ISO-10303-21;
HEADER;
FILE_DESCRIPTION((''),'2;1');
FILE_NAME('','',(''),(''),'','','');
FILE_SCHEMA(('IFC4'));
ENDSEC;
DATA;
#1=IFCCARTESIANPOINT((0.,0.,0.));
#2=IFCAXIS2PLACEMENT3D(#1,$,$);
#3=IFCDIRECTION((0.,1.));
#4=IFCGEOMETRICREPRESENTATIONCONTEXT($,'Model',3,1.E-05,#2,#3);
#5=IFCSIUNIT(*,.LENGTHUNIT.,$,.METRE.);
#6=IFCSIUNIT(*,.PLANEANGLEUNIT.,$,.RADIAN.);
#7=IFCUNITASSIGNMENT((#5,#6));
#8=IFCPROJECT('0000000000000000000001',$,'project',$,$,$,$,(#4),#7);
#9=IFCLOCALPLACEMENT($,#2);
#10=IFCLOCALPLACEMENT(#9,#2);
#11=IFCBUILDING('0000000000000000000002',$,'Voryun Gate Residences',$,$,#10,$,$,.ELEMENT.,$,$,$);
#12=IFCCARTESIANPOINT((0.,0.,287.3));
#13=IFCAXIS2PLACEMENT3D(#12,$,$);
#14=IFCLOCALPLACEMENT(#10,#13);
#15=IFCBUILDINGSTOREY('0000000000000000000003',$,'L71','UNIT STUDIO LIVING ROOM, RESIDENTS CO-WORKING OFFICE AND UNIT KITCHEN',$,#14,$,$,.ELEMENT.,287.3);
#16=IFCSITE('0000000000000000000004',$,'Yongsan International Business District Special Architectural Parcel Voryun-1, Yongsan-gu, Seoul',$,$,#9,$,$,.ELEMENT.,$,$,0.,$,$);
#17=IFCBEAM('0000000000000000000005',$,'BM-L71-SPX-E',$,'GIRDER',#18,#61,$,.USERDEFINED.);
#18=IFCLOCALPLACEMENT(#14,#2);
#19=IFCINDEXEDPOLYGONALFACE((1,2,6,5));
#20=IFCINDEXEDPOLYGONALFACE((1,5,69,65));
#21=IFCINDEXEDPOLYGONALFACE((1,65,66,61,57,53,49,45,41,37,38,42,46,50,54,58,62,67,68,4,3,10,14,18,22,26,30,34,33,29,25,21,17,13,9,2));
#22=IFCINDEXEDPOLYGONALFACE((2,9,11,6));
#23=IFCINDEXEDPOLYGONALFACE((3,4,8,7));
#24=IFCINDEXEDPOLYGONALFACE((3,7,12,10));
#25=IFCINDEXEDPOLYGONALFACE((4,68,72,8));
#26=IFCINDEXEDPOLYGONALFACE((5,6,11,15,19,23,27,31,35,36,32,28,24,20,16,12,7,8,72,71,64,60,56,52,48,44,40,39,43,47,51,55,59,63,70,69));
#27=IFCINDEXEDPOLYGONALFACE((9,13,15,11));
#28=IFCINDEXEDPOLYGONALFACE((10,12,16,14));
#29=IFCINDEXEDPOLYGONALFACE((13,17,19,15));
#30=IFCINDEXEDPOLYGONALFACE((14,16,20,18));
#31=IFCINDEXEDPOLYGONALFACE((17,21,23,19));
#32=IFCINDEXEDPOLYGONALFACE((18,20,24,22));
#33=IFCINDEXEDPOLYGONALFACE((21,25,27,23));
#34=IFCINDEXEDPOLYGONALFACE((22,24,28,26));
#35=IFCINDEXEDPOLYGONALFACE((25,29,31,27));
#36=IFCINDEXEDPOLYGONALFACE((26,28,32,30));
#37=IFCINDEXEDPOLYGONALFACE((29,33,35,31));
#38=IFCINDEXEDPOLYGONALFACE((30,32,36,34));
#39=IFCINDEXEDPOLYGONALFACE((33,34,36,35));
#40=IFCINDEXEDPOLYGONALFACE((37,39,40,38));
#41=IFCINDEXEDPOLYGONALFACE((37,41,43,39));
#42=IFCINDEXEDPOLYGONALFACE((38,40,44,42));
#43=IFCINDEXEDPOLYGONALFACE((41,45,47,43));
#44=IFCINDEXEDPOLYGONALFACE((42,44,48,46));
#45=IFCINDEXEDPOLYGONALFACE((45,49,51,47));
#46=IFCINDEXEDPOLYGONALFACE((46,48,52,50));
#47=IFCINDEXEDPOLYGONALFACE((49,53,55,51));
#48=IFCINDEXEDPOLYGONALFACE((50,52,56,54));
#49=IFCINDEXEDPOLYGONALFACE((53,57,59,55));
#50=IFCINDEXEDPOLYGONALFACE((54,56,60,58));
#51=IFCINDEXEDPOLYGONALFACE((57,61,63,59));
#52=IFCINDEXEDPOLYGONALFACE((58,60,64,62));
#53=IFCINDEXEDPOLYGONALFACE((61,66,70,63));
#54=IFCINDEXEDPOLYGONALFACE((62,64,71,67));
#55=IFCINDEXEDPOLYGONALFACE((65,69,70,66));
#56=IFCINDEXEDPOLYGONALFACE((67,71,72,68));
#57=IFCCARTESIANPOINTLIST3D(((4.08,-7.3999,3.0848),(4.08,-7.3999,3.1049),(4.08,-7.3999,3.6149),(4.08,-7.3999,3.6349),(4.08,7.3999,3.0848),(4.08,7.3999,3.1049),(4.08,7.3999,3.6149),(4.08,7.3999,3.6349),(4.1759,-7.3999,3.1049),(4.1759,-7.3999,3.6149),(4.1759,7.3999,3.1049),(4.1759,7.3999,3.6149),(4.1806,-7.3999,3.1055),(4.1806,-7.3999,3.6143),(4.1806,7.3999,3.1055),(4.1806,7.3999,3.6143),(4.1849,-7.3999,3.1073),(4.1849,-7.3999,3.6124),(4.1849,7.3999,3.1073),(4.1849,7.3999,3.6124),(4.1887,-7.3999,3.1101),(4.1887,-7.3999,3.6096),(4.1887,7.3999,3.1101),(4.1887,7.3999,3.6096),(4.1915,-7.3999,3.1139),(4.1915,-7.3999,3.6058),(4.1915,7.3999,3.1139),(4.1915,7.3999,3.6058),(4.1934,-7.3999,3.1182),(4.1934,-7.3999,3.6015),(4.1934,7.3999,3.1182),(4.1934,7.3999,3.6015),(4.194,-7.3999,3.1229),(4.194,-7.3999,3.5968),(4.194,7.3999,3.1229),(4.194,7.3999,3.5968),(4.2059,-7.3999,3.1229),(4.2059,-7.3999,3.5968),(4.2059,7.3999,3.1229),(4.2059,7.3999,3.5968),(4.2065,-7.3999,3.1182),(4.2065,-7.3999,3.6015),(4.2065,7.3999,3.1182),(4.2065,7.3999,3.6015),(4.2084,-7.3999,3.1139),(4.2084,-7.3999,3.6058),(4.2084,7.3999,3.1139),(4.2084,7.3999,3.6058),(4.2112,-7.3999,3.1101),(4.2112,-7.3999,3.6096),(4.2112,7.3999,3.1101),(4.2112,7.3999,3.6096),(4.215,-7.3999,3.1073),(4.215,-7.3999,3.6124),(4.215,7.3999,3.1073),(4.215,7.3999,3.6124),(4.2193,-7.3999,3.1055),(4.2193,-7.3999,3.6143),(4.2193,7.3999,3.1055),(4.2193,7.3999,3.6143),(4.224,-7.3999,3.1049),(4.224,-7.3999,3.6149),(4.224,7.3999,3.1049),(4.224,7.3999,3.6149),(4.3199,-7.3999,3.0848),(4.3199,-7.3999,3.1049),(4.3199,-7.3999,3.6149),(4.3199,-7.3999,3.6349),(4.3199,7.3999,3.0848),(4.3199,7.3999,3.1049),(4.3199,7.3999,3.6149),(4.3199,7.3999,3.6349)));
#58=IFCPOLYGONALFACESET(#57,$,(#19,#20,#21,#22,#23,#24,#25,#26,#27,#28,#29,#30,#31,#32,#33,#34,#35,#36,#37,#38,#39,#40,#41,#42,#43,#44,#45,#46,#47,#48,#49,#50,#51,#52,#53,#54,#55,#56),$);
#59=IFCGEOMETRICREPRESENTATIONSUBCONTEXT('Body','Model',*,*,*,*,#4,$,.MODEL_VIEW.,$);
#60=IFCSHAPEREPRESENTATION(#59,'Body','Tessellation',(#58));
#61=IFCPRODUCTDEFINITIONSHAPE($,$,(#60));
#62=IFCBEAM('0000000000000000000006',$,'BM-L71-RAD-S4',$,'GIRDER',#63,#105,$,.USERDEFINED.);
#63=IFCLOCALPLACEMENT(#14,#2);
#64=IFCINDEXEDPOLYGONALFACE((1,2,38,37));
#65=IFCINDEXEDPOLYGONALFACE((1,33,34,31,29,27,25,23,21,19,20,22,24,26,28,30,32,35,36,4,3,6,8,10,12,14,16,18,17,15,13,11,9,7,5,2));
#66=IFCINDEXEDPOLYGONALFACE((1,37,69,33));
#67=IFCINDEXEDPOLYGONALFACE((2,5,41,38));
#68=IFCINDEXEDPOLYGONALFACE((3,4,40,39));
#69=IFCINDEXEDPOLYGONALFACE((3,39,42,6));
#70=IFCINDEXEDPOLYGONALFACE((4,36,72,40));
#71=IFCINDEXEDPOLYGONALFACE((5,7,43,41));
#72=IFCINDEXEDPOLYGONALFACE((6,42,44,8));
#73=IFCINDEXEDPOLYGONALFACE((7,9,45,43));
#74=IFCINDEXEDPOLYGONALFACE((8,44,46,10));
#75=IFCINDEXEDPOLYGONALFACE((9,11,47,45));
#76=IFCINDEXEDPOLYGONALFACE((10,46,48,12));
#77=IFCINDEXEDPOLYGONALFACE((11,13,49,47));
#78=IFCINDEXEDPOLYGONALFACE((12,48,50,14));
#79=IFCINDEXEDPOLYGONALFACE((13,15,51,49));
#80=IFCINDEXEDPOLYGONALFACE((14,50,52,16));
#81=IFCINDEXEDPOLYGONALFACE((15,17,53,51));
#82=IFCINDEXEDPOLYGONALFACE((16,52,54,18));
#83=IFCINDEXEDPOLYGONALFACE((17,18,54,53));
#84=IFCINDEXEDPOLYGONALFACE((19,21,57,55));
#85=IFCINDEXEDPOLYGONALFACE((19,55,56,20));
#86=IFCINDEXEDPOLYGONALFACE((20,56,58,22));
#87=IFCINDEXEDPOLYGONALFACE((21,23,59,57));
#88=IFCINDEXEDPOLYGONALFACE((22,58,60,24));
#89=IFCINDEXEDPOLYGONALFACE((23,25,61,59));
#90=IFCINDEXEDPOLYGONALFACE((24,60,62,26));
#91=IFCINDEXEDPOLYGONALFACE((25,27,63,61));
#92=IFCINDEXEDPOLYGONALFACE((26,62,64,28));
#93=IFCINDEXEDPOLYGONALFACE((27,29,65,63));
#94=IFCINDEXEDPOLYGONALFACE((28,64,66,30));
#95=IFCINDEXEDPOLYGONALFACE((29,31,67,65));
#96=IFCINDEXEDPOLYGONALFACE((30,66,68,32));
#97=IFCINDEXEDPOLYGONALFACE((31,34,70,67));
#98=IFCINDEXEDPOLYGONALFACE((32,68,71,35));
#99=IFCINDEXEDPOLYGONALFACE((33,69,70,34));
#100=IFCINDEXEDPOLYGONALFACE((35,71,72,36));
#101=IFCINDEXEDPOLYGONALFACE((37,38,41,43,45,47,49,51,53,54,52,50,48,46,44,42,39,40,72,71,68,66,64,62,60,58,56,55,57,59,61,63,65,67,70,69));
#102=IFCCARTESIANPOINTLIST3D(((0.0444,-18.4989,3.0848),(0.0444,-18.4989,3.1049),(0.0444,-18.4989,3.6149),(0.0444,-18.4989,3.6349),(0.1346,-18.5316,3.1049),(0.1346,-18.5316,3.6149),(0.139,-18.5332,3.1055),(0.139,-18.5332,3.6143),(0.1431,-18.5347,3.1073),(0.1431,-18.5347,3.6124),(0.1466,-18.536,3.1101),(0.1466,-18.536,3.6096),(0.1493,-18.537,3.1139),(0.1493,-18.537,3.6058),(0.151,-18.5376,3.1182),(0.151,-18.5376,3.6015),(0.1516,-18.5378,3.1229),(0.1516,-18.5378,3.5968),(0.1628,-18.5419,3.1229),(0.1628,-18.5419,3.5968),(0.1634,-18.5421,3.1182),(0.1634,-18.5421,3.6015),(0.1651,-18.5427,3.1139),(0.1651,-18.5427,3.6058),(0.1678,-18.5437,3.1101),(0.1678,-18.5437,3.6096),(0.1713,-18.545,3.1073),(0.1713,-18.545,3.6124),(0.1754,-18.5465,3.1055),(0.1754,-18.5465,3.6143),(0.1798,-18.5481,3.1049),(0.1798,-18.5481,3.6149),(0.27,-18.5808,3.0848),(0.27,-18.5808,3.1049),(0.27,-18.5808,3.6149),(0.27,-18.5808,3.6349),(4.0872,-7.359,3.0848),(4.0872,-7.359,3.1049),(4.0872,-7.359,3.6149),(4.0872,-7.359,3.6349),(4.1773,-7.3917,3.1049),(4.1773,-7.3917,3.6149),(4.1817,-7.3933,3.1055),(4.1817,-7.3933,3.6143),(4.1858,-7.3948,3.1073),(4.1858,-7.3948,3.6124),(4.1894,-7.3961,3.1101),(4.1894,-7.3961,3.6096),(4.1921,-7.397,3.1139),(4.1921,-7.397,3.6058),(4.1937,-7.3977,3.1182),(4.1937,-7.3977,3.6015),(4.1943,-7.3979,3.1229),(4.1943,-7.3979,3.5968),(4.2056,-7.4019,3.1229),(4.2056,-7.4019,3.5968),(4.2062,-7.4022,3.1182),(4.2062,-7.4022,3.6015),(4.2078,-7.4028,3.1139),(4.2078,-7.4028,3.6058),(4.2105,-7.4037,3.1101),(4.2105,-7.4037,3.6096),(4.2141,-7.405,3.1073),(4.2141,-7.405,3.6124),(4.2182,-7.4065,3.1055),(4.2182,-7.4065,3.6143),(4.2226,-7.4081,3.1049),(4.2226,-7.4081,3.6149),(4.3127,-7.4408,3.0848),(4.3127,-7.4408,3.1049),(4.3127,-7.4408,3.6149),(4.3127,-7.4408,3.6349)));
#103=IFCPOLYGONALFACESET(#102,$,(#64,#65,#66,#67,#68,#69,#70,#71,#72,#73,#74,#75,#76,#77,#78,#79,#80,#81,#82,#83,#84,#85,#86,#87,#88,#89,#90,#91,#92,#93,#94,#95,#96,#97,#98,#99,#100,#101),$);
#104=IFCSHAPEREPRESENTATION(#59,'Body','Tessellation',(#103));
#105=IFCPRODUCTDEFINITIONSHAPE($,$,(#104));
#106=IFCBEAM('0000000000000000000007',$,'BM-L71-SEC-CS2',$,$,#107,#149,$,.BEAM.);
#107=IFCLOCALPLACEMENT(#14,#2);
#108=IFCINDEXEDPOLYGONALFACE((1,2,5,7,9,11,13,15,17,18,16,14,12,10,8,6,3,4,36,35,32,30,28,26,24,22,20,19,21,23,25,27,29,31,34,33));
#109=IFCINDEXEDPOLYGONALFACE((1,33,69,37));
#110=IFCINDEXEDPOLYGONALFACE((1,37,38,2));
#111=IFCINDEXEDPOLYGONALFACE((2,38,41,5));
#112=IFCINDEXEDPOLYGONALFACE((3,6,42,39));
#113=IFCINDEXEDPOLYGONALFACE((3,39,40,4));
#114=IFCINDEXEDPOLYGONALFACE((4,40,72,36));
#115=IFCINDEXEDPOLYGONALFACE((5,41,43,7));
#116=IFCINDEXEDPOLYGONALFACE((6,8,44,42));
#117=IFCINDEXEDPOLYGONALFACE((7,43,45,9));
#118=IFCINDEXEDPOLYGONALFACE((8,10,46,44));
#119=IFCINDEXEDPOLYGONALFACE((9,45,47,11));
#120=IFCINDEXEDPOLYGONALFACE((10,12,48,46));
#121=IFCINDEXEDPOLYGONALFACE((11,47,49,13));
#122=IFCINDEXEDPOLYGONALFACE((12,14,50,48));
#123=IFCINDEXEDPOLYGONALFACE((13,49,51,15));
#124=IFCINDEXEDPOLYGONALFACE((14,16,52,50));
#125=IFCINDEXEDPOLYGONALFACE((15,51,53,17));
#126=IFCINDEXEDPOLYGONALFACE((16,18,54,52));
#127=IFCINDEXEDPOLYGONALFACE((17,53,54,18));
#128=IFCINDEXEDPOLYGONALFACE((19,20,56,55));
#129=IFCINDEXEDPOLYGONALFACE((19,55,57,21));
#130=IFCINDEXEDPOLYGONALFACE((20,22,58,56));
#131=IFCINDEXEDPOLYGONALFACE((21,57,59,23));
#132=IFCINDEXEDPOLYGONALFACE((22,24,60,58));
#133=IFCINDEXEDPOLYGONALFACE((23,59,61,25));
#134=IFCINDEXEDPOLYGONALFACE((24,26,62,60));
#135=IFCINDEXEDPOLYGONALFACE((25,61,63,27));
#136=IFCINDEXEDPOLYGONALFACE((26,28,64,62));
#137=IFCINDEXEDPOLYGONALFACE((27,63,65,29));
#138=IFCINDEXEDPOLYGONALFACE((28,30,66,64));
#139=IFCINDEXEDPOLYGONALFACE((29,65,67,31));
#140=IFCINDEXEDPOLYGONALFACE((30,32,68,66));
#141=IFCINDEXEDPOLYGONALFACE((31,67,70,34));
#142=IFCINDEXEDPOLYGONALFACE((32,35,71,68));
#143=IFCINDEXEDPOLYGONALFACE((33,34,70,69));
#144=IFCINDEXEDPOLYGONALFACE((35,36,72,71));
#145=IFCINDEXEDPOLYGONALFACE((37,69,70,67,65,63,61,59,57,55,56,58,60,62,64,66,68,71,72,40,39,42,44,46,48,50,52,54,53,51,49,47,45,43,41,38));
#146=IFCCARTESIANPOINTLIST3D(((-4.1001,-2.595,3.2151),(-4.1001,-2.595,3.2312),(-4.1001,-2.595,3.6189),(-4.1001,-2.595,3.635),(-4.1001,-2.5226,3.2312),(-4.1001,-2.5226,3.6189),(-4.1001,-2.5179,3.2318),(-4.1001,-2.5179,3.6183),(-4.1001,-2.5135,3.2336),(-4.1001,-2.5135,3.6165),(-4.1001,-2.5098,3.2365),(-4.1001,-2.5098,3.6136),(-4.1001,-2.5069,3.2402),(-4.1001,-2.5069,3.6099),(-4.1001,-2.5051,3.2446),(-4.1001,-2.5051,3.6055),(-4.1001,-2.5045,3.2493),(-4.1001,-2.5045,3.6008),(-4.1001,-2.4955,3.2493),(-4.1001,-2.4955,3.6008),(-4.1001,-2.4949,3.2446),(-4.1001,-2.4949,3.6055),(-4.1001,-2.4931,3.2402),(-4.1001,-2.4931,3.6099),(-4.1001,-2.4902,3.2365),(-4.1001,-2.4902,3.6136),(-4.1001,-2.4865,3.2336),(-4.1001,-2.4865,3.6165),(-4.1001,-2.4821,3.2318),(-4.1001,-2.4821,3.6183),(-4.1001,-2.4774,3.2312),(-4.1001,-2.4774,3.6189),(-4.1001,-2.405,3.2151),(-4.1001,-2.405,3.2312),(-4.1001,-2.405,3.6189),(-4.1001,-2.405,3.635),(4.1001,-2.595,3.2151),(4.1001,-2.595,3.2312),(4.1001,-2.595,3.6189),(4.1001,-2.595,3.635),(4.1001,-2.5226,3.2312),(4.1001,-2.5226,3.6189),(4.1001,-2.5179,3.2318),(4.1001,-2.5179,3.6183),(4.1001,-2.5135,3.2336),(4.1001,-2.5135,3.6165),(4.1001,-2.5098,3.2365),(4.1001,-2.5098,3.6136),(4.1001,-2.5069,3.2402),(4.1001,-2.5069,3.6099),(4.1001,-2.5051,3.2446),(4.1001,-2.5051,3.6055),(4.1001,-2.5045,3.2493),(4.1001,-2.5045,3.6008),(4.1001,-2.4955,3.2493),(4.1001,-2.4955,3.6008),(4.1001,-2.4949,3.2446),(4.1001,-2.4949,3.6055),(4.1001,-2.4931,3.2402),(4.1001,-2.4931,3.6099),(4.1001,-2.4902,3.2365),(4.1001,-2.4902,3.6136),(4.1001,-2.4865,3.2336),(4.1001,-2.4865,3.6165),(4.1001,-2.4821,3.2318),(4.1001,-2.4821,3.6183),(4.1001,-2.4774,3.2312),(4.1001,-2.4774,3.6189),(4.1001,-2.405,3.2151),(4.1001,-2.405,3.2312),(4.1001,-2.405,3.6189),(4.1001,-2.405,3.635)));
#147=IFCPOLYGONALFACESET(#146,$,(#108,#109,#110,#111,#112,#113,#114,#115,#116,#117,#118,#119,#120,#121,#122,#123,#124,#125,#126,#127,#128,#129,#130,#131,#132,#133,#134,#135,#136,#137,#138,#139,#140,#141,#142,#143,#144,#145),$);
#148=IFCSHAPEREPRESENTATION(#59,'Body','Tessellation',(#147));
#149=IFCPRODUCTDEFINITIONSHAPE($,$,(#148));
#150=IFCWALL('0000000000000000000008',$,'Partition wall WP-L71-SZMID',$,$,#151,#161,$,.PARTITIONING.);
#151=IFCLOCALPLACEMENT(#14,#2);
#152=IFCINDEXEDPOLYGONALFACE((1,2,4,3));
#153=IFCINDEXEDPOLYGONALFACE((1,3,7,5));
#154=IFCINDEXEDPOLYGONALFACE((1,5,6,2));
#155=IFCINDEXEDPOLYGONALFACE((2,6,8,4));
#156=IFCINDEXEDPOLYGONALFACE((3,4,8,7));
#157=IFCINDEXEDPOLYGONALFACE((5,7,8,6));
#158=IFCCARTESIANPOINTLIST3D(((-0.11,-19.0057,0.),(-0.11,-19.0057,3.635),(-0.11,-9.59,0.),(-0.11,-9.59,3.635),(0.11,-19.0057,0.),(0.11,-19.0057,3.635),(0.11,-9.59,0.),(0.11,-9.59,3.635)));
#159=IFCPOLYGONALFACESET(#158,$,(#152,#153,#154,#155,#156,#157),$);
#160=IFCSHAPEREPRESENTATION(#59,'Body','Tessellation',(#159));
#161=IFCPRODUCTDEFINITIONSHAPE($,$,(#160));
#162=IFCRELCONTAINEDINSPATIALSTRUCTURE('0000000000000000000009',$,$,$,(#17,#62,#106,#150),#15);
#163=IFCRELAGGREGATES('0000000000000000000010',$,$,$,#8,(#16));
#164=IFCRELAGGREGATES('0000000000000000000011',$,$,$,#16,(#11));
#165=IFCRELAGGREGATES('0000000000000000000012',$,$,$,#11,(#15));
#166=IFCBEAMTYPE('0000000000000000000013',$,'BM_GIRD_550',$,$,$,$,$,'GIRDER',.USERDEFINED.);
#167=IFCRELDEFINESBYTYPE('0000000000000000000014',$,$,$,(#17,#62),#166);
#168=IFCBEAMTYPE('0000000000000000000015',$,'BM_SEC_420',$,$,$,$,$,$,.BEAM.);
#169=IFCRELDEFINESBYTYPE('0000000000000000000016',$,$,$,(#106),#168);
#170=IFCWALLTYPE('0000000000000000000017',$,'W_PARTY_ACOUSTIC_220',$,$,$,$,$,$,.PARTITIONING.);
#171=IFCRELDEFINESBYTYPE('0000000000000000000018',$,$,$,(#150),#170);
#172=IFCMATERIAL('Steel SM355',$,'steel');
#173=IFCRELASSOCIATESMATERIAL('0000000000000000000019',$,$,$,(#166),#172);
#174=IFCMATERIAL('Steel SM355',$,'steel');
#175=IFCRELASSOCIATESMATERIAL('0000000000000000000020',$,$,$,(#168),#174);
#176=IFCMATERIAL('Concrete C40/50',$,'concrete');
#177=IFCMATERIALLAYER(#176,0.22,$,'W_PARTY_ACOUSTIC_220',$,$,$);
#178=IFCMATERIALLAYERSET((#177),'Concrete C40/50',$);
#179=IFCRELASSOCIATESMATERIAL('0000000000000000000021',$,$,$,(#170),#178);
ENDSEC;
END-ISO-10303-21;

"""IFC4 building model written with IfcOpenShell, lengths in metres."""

from ifc_helpers import new_model, si_unit, direction, frame, frame_2d, origin, origin_2d, place, context, subcontext, project, spatial, rectangle, i_section, extrude, material, layer, layer_set, material_profile, profile_set, type_object, element, save


model = new_model("IFC4")

# Units and contexts
model_context = context("Model", 3, precision=1e-05, world=origin(), true_north=direction((0.0, 1.0)))
body_context = subcontext(model_context, "Body", "Model", "MODEL_VIEW")
ifc_project = project(units=[si_unit("LENGTHUNIT", "METRE"), si_unit("PLANEANGLEUNIT", "RADIAN")], contexts=[model_context])

# Site, building, storey
site_placement = place(None, origin())
site = spatial("IfcSite", under=ifc_project, at=site_placement, Name="Yongsan International Business District Special Architectural Parcel Voryun-1, Yongsan-gu, Seoul", CompositionType="ELEMENT", RefElevation=0.0)
building_placement = place(site_placement, origin())
building = spatial("IfcBuilding", under=site, at=building_placement, Name="Voryun Gate Residences", CompositionType="ELEMENT")
storey_placement = place(building_placement, frame((0.0, 0.0, 287.3)))
storey = spatial("IfcBuildingStorey", under=building, at=storey_placement, Name="L71", Description="UNIT STUDIO LIVING ROOM, RESIDENTS CO-WORKING OFFICE AND UNIT KITCHEN", CompositionType="ELEMENT", Elevation=287.3)

# Beams
ifc_material_1 = material(Name="Steel SM355", Category="steel")
ifc_material_profile_1 = material_profile(ifc_material_1, i_section(OverallWidth=0.24, OverallDepth=0.55, WebThickness=0.012, FlangeThickness=0.02, FilletRadius=0.0181, at=origin_2d()), Name="H-550x240x12x20")
ifc_profile_set_1 = profile_set([ifc_material_profile_1], Name="Steel SM355")
beam_type_1 = type_object("IfcBeamType", Name="BM_GIRD_550", ElementType="GIRDER", PredefinedType="USERDEFINED", material=ifc_profile_set_1)
for number, where, z_axis, x_axis, name in (
    (1, (4.2, -7.3999, 3.3599), (0.0, 1.0, 0.0), (-1.0, 0.0, 0.0), "BM-L71-SPX-E"),
):
    element("IfcBeam", number, at=place(storey_placement, frame(where, z_axis=z_axis, x_axis=x_axis)), inside=storey, type_object=beam_type_1, Name=name, ObjectType="GIRDER", PredefinedType="USERDEFINED", context=body_context, shape_type="SweptSolid", body=[
        extrude(i_section(OverallWidth=0.24, OverallDepth=0.55, WebThickness=0.012, FlangeThickness=0.02, FilletRadius=0.0181, at=origin_2d()), origin(), (0.0, 0.0, 1.0), 14.7998),
    ])
beam_1_placement = place(storey_placement, frame((4.2, -7.3999, 3.3599), z_axis=(-0.341136, -0.940014, 0.0), x_axis=(0.940014, -0.341136, 0.0)))
element("IfcBeam", 2, at=beam_1_placement, inside=storey, type_object=beam_type_1, Name="BM-L71-RAD-S4", ObjectType="GIRDER", PredefinedType="USERDEFINED", context=body_context, shape_type="SweptSolid", body=[
    extrude(i_section(OverallWidth=0.24, OverallDepth=0.55, WebThickness=0.012, FlangeThickness=0.02, FilletRadius=0.0181, at=origin_2d()), origin(), (0.0, 0.0, 1.0), 11.8508),
])
ifc_material_2 = material(Name="Steel SM355", Category="steel")
ifc_material_profile_2 = material_profile(ifc_material_2, i_section(OverallWidth=0.1899, OverallDepth=0.4199, WebThickness=0.009, FlangeThickness=0.0161, FilletRadius=0.0181, at=origin_2d()), Name="H-420x190x9x16")
ifc_profile_set_2 = profile_set([ifc_material_profile_2], Name="Steel SM355")
beam_type_2 = type_object("IfcBeamType", Name="BM_SEC_420", PredefinedType="BEAM", material=ifc_profile_set_2)
beam_2_placement = place(storey_placement, frame((-4.1001, -2.5, 3.425), z_axis=(1.0, 0.0, 0.0), x_axis=(0.0, 1.0, 0.0)))
element("IfcBeam", 3, at=beam_2_placement, inside=storey, type_object=beam_type_2, Name="BM-L71-SEC-CS2", PredefinedType="BEAM", context=body_context, shape_type="SweptSolid", body=[
    extrude(i_section(OverallWidth=0.1899, OverallDepth=0.4199, WebThickness=0.009, FlangeThickness=0.0161, FilletRadius=0.0181, at=origin_2d()), origin(), (0.0, 0.0, 1.0), 8.2002),
])

# Wall
ifc_material_3 = material(Name="Concrete C40/50", Category="concrete")
ifc_layer_1 = layer(ifc_material_3, 0.22, Name="W_PARTY_ACOUSTIC_220")
ifc_layer_set_1 = layer_set([ifc_layer_1], Name="Concrete C40/50")
wall_type_1 = type_object("IfcWallType", Name="W_PARTY_ACOUSTIC_220", PredefinedType="PARTITIONING", material=ifc_layer_set_1)
wall_1_placement = place(storey_placement, frame((0.0, -19.0059, 0.0), z_axis=(0.0, 0.0, 1.0), x_axis=(0.0, 1.0, 0.0)))
element("IfcWall", 4, at=wall_1_placement, inside=storey, type_object=wall_type_1, Name="Partition wall WP-L71-SZMID", PredefinedType="PARTITIONING", context=body_context, shape_type="SweptSolid", body=[
    extrude(rectangle(XDim=9.4158, YDim=0.22, at=frame_2d((4.708, 0.0))), origin(), (0.0, 0.0, 1.0), 3.635),
])

save(model, "model.ifc")
